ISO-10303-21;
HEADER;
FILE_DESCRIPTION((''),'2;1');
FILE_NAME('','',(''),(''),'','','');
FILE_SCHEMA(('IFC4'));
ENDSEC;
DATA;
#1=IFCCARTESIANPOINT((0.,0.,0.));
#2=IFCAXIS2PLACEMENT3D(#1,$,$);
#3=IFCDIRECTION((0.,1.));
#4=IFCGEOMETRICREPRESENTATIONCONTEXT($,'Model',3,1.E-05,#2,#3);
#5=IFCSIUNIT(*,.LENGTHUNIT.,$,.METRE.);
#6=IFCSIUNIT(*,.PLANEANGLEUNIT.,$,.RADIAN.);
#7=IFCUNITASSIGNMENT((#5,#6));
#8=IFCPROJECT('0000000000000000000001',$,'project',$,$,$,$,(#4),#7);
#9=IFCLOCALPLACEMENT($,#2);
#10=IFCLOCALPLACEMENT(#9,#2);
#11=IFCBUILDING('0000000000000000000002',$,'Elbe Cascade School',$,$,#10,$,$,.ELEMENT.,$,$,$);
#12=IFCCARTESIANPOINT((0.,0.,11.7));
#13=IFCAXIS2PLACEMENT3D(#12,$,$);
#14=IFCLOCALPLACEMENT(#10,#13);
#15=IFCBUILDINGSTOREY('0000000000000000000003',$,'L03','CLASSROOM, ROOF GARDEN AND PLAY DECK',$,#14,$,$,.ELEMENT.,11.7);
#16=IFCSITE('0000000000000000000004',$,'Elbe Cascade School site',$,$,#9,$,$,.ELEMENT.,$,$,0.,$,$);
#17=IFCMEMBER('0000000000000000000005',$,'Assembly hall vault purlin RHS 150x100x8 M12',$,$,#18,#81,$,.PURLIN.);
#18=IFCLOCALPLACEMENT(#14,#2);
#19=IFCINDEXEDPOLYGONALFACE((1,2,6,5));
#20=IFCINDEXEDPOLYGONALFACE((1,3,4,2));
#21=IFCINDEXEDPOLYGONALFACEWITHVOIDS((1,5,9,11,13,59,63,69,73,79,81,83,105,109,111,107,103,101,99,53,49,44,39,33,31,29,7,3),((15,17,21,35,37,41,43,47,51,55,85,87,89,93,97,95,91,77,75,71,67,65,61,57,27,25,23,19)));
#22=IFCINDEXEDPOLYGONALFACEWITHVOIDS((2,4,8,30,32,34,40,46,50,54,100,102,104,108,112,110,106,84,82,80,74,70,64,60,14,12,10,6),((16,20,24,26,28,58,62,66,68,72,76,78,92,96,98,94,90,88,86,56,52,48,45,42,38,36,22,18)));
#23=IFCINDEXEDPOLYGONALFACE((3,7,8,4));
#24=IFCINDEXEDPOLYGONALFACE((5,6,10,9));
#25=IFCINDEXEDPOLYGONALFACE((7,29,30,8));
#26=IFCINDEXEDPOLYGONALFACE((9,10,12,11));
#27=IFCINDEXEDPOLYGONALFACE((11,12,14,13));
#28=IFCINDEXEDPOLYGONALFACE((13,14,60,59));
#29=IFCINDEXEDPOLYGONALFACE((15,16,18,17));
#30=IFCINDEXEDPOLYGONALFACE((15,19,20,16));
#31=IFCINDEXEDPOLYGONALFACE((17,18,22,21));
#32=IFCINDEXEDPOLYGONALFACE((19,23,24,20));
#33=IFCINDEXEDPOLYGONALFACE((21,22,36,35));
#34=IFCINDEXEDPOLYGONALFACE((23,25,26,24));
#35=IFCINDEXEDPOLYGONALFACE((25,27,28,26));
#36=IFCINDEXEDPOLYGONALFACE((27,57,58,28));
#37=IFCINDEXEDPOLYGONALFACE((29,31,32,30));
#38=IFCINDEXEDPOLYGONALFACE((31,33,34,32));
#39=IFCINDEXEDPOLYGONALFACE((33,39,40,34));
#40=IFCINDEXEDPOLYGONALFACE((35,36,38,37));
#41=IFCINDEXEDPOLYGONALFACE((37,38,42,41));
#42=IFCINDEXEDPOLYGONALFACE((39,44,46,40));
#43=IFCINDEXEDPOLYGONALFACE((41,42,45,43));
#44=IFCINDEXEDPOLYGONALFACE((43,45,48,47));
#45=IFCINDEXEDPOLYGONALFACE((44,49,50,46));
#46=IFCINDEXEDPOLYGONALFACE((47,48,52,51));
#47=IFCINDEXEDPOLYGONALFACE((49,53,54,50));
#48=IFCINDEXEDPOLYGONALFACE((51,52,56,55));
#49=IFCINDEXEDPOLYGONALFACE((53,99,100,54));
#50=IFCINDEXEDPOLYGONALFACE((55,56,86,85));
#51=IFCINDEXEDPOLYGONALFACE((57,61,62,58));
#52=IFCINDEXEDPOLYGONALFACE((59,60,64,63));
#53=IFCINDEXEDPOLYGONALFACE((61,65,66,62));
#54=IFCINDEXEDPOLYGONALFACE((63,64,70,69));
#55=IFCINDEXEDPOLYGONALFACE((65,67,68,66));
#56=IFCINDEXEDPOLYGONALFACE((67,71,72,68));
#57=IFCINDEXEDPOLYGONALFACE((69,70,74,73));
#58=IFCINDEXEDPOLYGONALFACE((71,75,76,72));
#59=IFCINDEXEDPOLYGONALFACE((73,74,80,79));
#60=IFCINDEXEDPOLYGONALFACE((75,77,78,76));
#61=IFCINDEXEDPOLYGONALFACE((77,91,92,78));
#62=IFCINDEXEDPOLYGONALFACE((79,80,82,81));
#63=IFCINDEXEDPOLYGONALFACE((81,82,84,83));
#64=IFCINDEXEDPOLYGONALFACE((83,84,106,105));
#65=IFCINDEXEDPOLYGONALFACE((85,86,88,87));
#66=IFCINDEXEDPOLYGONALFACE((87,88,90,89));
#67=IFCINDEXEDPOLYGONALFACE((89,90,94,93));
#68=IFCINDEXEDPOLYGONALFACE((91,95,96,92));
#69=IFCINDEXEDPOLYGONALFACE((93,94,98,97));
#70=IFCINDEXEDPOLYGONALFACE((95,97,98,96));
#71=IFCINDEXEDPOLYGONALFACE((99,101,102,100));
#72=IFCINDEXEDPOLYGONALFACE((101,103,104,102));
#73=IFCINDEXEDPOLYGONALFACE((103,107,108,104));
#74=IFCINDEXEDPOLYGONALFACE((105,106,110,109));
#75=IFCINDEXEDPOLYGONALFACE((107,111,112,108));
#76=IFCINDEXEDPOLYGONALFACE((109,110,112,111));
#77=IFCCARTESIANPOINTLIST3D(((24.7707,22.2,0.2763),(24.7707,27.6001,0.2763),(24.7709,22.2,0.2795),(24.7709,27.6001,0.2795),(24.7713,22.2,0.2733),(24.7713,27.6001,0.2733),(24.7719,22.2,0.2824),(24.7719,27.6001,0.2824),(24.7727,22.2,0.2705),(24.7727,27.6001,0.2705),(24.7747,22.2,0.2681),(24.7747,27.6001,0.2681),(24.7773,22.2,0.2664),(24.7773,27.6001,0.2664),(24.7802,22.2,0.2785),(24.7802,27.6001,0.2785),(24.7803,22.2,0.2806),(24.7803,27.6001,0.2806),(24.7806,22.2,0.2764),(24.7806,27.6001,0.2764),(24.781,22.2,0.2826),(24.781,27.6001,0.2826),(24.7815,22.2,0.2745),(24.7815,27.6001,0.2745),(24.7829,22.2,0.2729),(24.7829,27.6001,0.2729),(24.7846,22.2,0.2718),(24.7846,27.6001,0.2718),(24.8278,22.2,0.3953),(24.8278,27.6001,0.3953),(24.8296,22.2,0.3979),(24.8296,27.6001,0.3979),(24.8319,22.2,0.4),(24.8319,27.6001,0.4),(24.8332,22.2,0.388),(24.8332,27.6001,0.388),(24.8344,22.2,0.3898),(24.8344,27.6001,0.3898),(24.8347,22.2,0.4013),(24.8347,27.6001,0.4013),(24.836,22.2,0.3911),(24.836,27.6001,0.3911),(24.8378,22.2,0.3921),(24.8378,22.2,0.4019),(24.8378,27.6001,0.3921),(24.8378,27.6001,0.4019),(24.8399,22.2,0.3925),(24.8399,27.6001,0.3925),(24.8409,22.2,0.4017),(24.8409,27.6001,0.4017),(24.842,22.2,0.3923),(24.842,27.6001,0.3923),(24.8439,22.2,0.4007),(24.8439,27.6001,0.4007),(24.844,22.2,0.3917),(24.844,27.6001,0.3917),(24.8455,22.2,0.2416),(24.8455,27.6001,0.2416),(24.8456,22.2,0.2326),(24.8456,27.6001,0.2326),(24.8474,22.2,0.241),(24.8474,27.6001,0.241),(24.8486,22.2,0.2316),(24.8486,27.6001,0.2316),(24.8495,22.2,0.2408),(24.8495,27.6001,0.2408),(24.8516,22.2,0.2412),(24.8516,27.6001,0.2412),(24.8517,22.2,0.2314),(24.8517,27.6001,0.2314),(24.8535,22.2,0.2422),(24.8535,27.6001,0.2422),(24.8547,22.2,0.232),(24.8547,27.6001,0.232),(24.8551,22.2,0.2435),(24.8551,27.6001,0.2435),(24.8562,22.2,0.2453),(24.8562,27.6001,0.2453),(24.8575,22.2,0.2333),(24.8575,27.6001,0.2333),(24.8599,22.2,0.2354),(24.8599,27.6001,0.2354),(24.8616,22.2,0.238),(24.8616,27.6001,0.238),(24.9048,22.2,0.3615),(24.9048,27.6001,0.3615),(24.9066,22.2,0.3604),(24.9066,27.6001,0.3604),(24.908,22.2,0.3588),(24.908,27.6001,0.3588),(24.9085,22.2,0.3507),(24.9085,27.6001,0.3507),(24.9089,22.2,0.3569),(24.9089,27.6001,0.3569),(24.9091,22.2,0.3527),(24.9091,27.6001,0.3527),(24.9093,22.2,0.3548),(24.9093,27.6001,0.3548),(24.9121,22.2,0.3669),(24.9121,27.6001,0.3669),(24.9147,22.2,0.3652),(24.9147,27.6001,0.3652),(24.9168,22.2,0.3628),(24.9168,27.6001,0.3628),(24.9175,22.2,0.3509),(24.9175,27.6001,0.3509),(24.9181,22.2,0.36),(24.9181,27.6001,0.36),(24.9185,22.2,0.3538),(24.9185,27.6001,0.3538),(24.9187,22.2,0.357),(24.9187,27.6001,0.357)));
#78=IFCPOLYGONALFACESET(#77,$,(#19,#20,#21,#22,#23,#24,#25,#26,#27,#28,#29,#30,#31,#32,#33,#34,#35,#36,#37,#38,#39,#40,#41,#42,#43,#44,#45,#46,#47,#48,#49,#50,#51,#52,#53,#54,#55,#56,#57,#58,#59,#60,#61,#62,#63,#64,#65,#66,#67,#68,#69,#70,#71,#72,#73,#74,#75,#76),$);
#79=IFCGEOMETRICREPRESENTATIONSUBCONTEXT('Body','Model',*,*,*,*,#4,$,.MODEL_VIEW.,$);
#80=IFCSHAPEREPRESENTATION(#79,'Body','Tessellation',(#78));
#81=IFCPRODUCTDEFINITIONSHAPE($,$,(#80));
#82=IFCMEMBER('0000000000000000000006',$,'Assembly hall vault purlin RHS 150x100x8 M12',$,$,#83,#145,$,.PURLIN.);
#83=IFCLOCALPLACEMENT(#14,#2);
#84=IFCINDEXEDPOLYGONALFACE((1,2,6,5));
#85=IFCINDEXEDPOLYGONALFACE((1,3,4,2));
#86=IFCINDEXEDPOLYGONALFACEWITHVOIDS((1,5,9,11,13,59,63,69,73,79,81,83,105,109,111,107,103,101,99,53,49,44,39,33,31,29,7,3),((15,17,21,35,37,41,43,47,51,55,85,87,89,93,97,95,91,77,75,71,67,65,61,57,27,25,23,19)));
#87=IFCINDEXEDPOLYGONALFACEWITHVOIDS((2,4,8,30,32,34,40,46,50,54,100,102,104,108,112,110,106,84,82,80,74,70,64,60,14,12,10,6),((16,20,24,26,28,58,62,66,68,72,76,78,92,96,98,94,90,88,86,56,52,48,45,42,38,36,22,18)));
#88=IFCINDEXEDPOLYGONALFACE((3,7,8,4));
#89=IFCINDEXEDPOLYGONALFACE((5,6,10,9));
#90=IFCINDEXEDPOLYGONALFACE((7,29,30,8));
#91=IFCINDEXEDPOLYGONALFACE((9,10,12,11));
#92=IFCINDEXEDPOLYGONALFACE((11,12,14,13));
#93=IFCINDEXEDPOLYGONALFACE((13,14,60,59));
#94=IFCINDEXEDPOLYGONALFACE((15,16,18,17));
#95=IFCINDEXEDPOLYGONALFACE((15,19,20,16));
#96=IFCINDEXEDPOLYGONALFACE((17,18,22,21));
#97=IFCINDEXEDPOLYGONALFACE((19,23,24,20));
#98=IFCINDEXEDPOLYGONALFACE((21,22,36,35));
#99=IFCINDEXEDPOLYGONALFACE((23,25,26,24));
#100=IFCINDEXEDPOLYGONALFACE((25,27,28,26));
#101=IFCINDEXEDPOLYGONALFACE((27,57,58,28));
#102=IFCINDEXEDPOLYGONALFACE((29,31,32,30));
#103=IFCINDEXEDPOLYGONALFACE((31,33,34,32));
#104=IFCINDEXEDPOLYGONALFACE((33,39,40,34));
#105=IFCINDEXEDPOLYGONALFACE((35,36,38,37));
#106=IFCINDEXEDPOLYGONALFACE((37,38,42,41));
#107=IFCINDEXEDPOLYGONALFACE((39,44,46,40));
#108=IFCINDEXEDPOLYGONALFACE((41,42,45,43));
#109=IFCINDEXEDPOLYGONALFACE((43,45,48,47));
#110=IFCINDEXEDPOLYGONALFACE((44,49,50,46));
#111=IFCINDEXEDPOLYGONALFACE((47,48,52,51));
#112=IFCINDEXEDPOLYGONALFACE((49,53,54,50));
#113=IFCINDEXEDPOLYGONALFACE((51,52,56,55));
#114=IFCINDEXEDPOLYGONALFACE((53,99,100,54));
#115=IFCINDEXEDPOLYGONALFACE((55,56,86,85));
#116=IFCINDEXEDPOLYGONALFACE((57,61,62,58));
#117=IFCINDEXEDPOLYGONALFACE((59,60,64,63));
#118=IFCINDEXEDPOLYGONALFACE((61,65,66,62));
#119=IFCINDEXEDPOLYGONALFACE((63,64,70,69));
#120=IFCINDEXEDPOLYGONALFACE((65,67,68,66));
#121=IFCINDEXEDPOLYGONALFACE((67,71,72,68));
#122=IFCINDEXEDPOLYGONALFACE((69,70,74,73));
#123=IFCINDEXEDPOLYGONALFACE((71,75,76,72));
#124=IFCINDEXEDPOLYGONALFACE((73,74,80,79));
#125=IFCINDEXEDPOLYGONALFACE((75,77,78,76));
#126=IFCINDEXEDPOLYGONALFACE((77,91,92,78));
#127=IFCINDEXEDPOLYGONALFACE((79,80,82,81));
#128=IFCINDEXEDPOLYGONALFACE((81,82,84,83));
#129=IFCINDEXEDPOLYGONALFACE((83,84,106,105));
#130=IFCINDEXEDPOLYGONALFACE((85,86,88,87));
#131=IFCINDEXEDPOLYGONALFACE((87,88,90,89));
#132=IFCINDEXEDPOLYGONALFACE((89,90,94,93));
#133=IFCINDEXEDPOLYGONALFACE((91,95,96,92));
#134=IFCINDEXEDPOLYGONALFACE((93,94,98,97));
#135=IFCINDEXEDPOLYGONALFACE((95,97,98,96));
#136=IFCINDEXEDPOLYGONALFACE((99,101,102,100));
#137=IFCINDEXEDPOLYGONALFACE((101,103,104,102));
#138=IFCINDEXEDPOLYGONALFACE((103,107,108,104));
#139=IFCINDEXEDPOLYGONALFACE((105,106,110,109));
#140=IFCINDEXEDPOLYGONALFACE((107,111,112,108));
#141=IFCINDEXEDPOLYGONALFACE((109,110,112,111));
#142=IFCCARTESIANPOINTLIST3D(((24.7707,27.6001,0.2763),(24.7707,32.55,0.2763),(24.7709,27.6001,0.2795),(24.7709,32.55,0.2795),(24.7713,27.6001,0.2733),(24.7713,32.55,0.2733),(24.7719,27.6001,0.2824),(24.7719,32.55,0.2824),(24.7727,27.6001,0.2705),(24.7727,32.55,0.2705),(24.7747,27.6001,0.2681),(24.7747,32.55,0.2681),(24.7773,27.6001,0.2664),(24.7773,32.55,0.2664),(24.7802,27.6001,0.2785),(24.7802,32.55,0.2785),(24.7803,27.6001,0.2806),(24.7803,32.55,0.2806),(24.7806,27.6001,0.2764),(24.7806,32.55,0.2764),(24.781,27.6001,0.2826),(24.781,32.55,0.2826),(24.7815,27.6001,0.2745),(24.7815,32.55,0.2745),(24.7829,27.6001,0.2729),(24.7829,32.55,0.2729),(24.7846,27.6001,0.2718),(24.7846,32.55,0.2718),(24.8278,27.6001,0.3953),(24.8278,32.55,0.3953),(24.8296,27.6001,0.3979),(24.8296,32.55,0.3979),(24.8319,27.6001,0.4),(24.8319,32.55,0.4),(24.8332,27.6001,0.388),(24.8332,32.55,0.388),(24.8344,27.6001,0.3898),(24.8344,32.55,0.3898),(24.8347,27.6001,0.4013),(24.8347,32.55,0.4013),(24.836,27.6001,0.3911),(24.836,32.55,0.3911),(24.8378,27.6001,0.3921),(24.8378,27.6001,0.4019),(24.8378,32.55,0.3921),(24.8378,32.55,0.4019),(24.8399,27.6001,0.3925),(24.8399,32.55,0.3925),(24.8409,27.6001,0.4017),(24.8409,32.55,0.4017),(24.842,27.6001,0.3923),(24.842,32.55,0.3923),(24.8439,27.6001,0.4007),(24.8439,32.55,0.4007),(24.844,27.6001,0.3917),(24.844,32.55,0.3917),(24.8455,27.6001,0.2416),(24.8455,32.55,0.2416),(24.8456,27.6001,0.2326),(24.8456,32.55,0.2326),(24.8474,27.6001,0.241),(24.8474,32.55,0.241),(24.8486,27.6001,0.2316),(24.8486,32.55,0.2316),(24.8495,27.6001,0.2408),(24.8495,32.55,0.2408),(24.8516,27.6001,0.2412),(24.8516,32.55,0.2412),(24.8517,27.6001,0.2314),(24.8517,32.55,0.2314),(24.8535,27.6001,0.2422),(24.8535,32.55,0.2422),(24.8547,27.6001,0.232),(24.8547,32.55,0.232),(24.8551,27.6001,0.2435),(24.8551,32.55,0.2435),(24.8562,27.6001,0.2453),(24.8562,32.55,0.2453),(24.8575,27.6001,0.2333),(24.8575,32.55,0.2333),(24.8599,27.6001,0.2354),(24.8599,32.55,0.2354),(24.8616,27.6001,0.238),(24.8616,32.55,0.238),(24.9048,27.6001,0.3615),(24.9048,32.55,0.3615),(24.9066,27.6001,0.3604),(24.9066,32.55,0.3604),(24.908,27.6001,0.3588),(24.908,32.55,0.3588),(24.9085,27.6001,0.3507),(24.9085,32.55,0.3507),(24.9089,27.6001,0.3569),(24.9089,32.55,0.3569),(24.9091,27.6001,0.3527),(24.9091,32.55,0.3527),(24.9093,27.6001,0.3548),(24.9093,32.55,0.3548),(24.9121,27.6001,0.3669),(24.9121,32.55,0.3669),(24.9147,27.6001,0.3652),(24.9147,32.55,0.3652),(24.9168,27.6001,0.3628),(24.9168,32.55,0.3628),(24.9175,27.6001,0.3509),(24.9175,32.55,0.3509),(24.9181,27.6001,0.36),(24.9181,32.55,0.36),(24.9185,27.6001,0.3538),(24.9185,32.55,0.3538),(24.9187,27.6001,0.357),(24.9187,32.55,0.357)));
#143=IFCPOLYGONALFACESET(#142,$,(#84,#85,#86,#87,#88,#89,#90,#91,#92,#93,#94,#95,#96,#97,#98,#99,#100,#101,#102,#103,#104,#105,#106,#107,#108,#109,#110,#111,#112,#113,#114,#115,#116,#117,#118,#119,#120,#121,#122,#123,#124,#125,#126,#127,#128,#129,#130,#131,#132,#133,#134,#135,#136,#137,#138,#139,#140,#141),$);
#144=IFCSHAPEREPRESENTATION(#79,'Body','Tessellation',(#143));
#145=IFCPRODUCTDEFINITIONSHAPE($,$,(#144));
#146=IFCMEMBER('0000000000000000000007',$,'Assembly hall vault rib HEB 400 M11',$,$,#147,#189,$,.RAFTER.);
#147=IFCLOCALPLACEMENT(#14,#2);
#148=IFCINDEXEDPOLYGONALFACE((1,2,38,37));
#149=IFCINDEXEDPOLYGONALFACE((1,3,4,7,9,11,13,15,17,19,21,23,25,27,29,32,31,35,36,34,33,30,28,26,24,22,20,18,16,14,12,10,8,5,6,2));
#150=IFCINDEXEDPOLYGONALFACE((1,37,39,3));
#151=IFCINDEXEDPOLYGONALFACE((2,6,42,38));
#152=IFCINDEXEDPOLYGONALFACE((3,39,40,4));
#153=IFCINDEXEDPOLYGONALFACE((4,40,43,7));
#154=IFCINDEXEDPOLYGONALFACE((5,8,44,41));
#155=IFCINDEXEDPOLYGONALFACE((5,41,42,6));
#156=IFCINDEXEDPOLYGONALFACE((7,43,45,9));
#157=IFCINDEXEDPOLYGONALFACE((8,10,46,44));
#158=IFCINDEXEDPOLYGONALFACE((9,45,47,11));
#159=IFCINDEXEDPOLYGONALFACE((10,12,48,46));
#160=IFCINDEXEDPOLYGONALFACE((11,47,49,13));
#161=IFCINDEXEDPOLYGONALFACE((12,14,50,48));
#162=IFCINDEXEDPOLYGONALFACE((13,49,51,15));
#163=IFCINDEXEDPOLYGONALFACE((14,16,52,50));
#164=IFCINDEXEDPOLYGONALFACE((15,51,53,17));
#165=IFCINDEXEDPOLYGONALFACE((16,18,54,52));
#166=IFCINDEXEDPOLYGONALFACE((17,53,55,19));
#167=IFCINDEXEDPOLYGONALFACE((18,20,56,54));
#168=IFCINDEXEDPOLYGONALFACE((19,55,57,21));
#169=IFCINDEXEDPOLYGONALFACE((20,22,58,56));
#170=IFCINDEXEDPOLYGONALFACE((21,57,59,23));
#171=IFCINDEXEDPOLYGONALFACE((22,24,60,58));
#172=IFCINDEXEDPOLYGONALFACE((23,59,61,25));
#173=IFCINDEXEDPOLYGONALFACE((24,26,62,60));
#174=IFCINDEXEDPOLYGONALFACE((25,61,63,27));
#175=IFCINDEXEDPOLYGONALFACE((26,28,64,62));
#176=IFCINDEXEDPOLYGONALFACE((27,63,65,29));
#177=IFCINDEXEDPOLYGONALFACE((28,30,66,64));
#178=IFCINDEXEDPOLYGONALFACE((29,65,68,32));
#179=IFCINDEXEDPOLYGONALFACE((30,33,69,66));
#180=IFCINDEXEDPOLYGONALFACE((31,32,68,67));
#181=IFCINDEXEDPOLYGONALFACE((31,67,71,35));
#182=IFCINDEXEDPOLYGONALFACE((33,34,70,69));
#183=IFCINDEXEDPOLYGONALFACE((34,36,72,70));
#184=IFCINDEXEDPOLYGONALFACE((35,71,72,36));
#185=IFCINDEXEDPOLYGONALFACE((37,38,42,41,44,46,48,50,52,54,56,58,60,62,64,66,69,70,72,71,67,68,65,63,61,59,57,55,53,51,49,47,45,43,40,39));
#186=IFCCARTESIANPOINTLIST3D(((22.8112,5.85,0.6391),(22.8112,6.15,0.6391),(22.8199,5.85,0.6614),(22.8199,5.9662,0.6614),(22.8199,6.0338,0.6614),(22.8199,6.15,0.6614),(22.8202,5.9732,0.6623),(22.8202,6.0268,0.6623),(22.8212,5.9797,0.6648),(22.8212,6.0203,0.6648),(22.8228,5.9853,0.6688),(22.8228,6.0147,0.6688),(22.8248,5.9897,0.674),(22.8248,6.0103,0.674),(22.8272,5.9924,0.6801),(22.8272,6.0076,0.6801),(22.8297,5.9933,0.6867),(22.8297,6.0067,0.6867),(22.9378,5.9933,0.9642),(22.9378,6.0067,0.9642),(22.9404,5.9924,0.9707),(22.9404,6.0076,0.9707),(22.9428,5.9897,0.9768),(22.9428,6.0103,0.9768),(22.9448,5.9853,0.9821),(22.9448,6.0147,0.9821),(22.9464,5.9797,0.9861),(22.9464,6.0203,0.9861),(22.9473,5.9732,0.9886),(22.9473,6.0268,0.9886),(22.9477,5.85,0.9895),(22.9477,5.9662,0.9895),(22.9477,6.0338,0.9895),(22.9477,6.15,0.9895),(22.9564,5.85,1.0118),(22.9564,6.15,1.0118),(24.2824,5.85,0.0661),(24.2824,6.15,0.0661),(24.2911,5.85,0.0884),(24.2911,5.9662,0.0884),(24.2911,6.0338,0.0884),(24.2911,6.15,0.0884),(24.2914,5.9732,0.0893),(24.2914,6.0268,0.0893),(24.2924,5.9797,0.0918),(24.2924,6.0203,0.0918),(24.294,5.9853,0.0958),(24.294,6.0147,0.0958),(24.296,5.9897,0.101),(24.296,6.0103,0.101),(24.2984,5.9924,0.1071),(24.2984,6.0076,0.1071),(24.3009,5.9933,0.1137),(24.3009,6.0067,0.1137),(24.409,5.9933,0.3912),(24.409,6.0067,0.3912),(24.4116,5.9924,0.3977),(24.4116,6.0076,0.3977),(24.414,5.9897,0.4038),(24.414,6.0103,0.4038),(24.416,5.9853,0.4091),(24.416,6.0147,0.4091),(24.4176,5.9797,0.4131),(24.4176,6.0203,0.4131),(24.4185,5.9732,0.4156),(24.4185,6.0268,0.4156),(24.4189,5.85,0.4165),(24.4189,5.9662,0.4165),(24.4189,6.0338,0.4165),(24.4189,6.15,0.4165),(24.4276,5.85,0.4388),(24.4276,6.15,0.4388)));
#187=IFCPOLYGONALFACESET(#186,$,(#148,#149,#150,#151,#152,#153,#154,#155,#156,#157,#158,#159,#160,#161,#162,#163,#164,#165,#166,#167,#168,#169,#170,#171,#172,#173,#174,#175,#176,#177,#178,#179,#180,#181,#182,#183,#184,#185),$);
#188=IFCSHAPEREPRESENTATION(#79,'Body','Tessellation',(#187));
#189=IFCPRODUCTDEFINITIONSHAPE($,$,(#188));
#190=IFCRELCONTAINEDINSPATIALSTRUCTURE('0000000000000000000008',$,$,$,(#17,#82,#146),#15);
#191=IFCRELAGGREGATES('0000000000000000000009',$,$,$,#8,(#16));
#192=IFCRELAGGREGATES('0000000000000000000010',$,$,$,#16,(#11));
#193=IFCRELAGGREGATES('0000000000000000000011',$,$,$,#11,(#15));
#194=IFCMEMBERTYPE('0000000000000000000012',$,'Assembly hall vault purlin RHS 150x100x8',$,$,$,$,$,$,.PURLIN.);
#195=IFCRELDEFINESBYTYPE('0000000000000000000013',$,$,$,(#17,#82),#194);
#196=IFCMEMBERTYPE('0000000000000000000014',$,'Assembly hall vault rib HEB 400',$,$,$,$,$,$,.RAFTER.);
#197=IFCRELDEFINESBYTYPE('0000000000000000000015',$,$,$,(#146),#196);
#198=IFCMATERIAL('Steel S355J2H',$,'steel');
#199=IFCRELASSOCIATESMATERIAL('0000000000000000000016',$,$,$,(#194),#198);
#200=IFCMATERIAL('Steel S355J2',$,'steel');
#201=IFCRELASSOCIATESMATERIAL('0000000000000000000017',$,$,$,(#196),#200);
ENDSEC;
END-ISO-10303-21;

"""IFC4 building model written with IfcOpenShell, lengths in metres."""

from ifc_helpers import new_model, si_unit, direction, frame, origin, origin_2d, place, context, subcontext, project, spatial, hollow_rectangle, i_section, extrude, material, material_profile, profile_set, type_object, element, save


model = new_model("IFC4")

# Units and contexts
model_context = context("Model", 3, precision=1e-05, world=origin(), true_north=direction((0.0, 1.0)))
body_context = subcontext(model_context, "Body", "Model", "MODEL_VIEW")
ifc_project = project(units=[si_unit("LENGTHUNIT", "METRE"), si_unit("PLANEANGLEUNIT", "RADIAN")], contexts=[model_context])

# Site, building, storey
site_placement = place(None, origin())
site = spatial("IfcSite", under=ifc_project, at=site_placement, Name="Elbe Cascade School site", CompositionType="ELEMENT", RefElevation=0.0)
building_placement = place(site_placement, origin())
building = spatial("IfcBuilding", under=site, at=building_placement, Name="Elbe Cascade School", CompositionType="ELEMENT")
storey_placement = place(building_placement, frame((0.0, 0.0, 11.7)))
storey = spatial("IfcBuildingStorey", under=building, at=storey_placement, Name="L03", Description="CLASSROOM, ROOF GARDEN AND PLAY DECK", CompositionType="ELEMENT", Elevation=11.7)

# Members
ifc_material_1 = material(Name="Steel S355J2H", Category="steel")
ifc_material_profile_1 = material_profile(ifc_material_1, hollow_rectangle(XDim=0.1001, YDim=0.1499, WallThickness=0.0081, InnerFilletRadius=0.0081, OuterFilletRadius=0.012, at=origin_2d()), Name="RHS 150x100x8")
ifc_profile_set_1 = profile_set([ifc_material_profile_1], Name="Steel S355J2H")
member_type_1 = type_object("IfcMemberType", Name="Assembly hall vault purlin RHS 150x100x8", PredefinedType="PURLIN", material=ifc_profile_set_1)
member_1_placement = place(storey_placement, frame((24.8447, 22.2, 0.3167), z_axis=(0.0, 1.0, 0.0), x_axis=(-0.896151, 0.0, 0.44375)))
element("IfcMember", 1, at=member_1_placement, inside=storey, type_object=member_type_1, Name="Assembly hall vault purlin RHS 150x100x8 M12", PredefinedType="PURLIN", context=body_context, shape_type="SweptSolid", body=[
    extrude(hollow_rectangle(XDim=0.1001, YDim=0.1499, WallThickness=0.0081, InnerFilletRadius=0.0081, OuterFilletRadius=0.012, at=origin_2d()), origin(), (0.0, 0.0, 1.0), 5.4001),
])
member_2_placement = place(storey_placement, frame((24.8447, 27.6001, 0.3167), z_axis=(0.0, 1.0, 0.0), x_axis=(-0.896151, 0.0, 0.44375)))
element("IfcMember", 2, at=member_2_placement, inside=storey, type_object=member_type_1, Name="Assembly hall vault purlin RHS 150x100x8 M12", PredefinedType="PURLIN", context=body_context, shape_type="SweptSolid", body=[
    extrude(hollow_rectangle(XDim=0.1001, YDim=0.1499, WallThickness=0.0081, InnerFilletRadius=0.0081, OuterFilletRadius=0.012, at=origin_2d()), origin(), (0.0, 0.0, 1.0), 4.95),
])
ifc_material_2 = material(Name="Steel S355J2", Category="steel")
ifc_material_profile_2 = material_profile(ifc_material_2, i_section(OverallWidth=0.3, OverallDepth=0.3999, WebThickness=0.0134, FlangeThickness=0.0239, FilletRadius=0.0271, at=origin_2d()), Name="HEB 400")
ifc_profile_set_2 = profile_set([ifc_material_profile_2], Name="Steel S355J2")
member_type_2 = type_object("IfcMemberType", Name="Assembly hall vault rib HEB 400", PredefinedType="RAFTER", material=ifc_profile_set_2)
for number, where, z_axis, x_axis, name in (
    (3, (22.8838, 6.0, 0.8254), (0.931819, 0.0, -0.362924), (0.0, 1.0, 0.0), "Assembly hall vault rib HEB 400 M11"),
):
    element("IfcMember", number, at=place(storey_placement, frame(where, z_axis=z_axis, x_axis=x_axis)), inside=storey, type_object=member_type_2, Name=name, PredefinedType="RAFTER", context=body_context, shape_type="SweptSolid", body=[
        extrude(i_section(OverallWidth=0.3, OverallDepth=0.3999, WebThickness=0.0134, FlangeThickness=0.0239, FilletRadius=0.0271, at=origin_2d()), origin(), (0.0, 0.0, 1.0), 1.5789),
    ])

save(model, "model.ifc")
